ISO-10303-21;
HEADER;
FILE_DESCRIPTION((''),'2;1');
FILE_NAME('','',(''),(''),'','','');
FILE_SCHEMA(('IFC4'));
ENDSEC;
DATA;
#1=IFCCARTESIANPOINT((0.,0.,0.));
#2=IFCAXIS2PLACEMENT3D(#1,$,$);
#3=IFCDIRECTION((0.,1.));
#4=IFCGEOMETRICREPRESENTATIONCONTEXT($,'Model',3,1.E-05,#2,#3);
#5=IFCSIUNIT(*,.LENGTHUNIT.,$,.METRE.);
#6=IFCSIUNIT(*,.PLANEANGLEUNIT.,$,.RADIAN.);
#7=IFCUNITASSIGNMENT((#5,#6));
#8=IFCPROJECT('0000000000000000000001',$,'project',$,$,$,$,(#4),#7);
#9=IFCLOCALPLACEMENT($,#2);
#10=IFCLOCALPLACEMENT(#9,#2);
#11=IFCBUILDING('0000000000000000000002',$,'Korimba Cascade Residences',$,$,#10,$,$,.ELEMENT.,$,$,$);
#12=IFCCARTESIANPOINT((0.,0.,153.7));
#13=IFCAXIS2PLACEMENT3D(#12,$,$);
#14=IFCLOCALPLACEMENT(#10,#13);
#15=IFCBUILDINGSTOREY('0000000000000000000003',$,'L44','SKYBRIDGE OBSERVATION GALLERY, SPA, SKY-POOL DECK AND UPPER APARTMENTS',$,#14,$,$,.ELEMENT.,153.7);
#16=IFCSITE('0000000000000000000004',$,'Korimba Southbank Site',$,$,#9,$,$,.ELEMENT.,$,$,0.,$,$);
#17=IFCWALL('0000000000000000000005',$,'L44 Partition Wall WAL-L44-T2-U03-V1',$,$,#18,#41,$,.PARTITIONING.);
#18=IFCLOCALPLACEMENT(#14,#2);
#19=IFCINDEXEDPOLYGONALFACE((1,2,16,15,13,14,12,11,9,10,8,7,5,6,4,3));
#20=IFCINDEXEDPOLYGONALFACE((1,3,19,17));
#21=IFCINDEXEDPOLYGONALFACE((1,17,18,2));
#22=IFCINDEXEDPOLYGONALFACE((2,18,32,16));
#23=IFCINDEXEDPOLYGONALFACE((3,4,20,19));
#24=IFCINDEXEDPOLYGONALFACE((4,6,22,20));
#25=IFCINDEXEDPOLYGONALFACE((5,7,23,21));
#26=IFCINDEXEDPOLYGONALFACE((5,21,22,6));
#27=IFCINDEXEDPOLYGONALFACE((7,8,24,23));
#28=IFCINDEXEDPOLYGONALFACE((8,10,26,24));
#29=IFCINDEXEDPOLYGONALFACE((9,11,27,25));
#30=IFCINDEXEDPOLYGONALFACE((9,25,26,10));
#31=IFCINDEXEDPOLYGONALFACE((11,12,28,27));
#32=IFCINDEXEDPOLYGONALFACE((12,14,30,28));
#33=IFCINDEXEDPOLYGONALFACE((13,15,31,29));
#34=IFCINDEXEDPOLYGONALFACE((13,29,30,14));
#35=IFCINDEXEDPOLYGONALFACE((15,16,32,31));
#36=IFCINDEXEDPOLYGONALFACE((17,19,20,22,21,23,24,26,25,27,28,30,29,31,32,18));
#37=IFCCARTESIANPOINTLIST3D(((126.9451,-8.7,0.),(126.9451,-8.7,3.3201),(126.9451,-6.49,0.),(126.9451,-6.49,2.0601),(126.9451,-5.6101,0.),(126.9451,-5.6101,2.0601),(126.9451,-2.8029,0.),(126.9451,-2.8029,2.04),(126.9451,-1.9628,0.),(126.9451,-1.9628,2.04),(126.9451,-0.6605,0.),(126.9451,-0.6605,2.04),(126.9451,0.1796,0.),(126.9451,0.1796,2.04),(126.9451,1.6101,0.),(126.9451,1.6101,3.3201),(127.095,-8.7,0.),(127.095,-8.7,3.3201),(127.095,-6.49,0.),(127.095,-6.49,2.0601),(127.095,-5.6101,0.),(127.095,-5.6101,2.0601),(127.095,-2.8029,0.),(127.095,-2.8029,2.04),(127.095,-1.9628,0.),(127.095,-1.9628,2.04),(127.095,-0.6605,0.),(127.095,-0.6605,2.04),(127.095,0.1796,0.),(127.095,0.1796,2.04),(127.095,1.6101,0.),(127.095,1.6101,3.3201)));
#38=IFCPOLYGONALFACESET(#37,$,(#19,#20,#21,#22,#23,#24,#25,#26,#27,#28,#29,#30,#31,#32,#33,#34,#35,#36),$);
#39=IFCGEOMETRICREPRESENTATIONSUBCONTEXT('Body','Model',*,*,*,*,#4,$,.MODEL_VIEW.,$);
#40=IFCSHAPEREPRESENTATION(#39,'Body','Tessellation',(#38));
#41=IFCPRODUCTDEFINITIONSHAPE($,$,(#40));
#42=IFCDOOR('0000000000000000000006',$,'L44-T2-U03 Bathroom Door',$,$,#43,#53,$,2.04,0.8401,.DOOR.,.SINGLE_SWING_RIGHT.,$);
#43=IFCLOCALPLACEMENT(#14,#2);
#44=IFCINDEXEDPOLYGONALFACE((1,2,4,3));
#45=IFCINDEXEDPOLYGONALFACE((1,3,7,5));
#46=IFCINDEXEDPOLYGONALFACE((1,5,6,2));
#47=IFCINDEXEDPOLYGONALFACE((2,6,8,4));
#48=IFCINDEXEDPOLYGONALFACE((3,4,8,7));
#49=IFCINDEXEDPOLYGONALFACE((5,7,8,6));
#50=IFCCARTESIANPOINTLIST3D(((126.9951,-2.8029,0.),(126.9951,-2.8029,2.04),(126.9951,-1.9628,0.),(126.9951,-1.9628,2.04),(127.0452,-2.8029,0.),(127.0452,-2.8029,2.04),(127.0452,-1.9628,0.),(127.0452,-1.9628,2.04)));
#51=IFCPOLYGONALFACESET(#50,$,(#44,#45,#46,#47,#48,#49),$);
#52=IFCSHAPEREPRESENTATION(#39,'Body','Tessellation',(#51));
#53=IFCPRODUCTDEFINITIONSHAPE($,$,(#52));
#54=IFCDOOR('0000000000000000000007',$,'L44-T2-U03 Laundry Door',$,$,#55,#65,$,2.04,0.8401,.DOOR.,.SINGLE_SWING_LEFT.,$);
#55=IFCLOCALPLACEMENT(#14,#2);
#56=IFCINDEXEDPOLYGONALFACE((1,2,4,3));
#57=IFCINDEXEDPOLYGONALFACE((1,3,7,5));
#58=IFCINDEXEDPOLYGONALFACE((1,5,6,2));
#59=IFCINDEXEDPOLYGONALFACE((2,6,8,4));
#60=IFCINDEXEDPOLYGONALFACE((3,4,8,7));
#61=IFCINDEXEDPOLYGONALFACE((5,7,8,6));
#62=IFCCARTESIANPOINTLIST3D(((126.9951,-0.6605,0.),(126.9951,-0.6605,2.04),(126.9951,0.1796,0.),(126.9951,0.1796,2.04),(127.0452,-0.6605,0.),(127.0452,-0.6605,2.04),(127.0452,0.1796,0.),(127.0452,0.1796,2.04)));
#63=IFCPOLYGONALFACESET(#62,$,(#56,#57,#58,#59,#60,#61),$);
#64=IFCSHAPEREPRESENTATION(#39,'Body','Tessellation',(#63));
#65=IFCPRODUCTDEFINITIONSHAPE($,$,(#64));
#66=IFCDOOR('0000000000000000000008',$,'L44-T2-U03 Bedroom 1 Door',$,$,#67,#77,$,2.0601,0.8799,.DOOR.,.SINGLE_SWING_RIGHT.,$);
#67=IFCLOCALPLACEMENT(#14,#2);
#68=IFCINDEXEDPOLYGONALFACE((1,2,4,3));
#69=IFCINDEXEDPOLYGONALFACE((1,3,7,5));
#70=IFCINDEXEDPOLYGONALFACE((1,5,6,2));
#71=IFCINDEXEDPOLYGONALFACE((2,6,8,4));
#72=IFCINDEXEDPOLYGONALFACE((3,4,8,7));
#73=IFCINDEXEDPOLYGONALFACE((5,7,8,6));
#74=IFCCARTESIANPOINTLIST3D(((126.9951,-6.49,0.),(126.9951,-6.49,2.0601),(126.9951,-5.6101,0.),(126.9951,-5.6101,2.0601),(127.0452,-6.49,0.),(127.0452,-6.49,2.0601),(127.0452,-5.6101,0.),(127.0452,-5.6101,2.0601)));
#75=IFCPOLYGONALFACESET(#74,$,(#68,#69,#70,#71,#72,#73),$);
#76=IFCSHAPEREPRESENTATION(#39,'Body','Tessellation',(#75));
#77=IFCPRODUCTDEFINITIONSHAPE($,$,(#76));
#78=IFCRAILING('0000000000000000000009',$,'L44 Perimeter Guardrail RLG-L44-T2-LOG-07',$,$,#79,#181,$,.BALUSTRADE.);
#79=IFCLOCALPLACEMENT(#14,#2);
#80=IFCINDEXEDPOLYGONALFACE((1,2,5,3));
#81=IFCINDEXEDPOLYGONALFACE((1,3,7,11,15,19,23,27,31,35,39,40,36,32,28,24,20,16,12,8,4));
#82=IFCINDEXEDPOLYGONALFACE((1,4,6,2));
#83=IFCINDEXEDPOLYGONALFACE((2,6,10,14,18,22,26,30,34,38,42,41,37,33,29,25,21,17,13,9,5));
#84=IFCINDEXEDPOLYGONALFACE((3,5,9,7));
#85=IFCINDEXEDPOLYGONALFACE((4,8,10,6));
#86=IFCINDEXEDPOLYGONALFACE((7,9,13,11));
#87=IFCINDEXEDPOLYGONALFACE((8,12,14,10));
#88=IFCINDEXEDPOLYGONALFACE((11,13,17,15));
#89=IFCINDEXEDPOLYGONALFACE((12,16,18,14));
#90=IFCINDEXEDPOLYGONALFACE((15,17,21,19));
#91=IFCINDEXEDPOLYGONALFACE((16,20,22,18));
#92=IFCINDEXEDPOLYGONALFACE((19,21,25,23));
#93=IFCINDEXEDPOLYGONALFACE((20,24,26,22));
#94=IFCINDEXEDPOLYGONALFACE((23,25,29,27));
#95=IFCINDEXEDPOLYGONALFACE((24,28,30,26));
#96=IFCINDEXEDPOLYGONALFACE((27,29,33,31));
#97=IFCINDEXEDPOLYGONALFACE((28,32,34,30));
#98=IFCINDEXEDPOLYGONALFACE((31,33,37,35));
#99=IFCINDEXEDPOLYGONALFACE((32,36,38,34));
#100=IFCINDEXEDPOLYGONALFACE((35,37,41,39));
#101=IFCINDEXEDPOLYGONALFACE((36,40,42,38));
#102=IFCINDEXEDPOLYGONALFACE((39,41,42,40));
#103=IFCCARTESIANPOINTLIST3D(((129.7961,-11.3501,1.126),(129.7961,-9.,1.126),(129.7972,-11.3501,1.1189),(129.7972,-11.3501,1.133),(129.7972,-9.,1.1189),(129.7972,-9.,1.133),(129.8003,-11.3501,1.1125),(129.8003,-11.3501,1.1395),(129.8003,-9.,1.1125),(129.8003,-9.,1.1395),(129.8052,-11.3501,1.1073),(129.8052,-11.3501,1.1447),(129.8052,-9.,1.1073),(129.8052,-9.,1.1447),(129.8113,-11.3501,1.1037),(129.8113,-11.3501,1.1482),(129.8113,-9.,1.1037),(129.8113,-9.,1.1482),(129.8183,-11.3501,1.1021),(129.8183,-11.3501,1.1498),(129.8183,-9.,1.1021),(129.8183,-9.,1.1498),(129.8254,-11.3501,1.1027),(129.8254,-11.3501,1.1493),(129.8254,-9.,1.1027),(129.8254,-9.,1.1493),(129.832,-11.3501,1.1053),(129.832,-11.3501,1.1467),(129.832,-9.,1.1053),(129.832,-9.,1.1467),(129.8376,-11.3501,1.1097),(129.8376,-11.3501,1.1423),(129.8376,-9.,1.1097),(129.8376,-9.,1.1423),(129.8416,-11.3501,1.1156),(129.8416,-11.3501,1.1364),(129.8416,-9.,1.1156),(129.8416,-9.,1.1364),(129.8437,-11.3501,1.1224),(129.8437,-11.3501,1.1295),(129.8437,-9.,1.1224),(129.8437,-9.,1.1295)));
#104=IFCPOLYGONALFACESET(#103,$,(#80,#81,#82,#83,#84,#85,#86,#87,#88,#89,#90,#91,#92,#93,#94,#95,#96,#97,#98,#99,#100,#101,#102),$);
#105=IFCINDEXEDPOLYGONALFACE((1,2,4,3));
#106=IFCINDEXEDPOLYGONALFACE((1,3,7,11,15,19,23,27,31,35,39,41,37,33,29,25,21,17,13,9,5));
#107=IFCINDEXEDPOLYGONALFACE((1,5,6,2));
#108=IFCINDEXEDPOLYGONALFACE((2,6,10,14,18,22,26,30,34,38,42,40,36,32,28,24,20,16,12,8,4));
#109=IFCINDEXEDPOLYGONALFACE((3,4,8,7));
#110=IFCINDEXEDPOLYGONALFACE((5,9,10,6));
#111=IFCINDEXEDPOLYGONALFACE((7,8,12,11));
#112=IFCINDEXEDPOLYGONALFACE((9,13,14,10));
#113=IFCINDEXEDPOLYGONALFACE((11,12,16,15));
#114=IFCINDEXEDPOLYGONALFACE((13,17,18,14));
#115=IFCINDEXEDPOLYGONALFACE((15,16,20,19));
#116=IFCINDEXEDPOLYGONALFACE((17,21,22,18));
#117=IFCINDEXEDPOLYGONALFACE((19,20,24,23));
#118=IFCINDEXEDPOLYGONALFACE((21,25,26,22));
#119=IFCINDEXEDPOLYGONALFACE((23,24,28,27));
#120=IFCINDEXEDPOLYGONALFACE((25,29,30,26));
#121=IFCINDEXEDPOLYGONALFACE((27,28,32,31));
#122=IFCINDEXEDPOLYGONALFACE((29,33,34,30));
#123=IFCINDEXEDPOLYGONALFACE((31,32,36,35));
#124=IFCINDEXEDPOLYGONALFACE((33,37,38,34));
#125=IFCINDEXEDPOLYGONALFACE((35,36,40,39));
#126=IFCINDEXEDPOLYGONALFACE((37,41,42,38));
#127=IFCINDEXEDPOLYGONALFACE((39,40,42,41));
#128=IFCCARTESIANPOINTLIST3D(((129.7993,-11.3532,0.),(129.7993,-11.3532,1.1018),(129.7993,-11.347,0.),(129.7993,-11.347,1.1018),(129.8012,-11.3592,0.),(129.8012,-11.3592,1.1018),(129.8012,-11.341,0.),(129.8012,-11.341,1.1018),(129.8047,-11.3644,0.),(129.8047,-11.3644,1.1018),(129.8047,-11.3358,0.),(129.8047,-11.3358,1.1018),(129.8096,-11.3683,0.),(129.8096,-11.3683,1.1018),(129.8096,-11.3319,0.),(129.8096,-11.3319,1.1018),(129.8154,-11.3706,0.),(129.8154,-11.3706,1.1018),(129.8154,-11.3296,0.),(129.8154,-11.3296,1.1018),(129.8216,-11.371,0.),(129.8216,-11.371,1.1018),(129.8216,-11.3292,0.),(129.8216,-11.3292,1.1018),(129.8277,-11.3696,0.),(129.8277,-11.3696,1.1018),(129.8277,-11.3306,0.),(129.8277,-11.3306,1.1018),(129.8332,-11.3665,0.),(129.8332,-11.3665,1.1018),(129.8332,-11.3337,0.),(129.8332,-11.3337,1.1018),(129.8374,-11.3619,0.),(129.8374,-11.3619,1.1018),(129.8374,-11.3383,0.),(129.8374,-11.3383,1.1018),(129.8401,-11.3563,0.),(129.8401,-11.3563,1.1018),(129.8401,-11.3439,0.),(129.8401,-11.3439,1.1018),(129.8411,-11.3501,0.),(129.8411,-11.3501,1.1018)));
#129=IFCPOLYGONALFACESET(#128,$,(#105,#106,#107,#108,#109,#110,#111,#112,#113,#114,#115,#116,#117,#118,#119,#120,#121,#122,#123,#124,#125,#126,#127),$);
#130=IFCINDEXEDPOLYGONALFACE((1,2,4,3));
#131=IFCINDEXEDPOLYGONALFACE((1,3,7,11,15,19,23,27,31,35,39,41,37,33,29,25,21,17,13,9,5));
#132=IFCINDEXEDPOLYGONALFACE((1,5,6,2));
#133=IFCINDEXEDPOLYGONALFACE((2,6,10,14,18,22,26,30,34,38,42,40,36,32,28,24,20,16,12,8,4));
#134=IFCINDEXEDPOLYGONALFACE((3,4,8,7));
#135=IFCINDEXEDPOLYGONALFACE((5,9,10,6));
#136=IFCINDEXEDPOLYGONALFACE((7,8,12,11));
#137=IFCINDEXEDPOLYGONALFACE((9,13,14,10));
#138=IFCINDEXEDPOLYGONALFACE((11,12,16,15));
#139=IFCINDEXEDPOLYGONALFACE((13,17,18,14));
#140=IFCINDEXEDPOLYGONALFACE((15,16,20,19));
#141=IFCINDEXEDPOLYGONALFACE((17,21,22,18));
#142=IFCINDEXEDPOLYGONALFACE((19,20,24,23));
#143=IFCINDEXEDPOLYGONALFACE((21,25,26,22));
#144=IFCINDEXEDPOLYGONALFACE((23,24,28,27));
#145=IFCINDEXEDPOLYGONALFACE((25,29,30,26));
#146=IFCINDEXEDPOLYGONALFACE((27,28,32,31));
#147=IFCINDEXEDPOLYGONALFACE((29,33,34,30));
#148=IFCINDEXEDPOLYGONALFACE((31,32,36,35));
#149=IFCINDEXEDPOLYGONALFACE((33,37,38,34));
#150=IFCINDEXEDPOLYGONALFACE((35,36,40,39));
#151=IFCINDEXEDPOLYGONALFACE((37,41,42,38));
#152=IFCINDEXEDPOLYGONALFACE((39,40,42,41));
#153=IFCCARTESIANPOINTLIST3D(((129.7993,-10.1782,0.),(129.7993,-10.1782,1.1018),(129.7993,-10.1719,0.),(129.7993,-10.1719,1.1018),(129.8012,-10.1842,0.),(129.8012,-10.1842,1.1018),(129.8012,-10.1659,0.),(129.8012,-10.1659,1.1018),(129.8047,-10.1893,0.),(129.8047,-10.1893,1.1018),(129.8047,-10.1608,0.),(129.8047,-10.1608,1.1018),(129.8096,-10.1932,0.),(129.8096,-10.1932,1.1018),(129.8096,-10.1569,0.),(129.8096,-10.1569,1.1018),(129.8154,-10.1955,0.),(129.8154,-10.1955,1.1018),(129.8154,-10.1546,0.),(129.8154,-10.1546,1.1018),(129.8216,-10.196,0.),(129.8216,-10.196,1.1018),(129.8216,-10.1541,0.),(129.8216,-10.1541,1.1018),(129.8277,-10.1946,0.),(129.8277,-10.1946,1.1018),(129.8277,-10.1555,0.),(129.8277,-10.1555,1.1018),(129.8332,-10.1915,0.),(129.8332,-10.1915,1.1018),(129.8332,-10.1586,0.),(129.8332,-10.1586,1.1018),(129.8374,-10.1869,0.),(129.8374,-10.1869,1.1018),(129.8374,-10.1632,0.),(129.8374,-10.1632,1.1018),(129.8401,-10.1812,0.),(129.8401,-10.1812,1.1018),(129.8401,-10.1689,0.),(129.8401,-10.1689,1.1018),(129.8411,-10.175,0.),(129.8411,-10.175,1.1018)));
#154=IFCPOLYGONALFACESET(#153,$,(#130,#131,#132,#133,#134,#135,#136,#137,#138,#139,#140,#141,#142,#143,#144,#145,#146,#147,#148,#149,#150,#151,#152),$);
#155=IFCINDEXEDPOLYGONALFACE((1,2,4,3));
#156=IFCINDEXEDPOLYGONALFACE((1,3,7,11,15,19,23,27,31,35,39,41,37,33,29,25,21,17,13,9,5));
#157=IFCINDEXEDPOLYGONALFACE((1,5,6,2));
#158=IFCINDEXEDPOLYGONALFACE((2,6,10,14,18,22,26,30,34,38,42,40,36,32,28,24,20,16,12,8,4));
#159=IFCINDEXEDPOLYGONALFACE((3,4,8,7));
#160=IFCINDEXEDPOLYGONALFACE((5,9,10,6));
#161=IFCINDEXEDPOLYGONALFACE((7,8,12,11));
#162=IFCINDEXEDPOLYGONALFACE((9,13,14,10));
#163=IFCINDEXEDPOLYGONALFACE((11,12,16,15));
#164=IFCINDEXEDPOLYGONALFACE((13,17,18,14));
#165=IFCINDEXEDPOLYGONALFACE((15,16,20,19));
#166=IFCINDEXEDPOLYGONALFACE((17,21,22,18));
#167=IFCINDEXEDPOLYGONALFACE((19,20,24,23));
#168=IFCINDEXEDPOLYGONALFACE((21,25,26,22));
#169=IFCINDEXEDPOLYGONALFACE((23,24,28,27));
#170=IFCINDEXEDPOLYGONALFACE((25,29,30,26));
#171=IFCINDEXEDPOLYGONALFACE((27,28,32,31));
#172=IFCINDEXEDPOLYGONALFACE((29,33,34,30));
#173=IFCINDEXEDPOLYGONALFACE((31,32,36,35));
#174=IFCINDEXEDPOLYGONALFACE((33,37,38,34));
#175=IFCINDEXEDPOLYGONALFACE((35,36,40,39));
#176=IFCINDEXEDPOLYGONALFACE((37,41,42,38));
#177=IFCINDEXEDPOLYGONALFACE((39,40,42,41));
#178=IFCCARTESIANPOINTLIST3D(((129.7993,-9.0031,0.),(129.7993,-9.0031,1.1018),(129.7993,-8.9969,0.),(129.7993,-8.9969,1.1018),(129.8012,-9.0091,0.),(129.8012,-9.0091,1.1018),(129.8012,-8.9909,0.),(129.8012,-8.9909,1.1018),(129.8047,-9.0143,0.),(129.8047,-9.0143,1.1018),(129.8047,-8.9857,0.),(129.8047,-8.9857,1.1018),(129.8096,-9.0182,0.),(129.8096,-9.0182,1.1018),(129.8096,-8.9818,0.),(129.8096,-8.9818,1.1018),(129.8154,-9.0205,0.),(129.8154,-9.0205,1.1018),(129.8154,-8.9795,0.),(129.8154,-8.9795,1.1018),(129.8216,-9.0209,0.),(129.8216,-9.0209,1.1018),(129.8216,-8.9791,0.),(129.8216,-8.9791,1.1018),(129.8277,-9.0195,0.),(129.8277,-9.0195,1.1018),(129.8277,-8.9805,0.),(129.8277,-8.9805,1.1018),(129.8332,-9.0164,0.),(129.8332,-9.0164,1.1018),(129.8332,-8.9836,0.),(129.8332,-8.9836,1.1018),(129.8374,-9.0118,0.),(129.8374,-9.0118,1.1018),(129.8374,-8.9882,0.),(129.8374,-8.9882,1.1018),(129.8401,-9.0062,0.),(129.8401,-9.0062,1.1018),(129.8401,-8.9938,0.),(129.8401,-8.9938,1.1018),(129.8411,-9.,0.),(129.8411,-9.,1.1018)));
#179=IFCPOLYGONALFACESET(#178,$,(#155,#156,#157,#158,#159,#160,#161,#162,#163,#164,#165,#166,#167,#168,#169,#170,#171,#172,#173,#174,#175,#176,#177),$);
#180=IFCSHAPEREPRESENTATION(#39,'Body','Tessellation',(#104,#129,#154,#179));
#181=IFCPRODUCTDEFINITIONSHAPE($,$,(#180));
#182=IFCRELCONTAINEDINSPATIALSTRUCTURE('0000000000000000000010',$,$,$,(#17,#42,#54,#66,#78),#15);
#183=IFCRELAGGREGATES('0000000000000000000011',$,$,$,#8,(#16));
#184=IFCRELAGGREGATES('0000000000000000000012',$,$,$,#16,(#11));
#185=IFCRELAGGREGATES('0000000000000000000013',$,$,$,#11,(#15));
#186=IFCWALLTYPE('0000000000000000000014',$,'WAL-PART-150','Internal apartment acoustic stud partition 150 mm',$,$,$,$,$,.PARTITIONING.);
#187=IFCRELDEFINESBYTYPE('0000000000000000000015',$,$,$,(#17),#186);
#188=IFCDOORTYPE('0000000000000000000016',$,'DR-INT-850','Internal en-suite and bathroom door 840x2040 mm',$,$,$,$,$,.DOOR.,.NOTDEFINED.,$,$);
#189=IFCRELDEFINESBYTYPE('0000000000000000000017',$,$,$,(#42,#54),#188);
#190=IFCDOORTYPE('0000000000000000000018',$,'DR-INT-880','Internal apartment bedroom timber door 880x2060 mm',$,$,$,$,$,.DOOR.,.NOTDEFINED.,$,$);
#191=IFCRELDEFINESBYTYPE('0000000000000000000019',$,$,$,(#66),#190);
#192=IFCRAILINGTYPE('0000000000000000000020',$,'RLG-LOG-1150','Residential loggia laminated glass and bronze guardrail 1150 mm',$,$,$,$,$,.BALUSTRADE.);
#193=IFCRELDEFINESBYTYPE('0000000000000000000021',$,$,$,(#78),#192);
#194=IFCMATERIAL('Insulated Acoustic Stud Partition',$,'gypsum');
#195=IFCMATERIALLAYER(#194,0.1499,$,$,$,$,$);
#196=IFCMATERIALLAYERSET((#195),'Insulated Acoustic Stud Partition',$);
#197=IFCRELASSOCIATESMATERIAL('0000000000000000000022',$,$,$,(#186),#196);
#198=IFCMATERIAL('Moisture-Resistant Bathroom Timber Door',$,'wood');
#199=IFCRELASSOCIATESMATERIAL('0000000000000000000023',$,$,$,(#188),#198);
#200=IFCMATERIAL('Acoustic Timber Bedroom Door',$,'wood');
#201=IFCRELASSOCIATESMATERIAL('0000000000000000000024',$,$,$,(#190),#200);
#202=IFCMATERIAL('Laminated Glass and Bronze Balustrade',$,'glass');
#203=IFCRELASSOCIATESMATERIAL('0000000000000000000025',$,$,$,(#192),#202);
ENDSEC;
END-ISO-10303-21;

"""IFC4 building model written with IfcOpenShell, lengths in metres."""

from ifc_helpers import new_model, si_unit, direction, frame, frame_2d, origin, origin_2d, place, context, subcontext, project, spatial, rectangle, circle, extrude, material, layer, layer_set, type_object, element, fill, save


model = new_model("IFC4")

# Units and contexts
model_context = context("Model", 3, precision=1e-05, world=origin(), true_north=direction((0.0, 1.0)))
body_context = subcontext(model_context, "Body", "Model", "MODEL_VIEW")
ifc_project = project(units=[si_unit("LENGTHUNIT", "METRE"), si_unit("PLANEANGLEUNIT", "RADIAN")], contexts=[model_context])

# Site, building, storey
site_placement = place(None, origin())
site = spatial("IfcSite", under=ifc_project, at=site_placement, Name="Korimba Southbank Site", CompositionType="ELEMENT", RefElevation=0.0)
building_placement = place(site_placement, origin())
building = spatial("IfcBuilding", under=site, at=building_placement, Name="Korimba Cascade Residences", CompositionType="ELEMENT")
storey_placement = place(building_placement, frame((0.0, 0.0, 153.7)))
storey = spatial("IfcBuildingStorey", under=building, at=storey_placement, Name="L44", Description="SKYBRIDGE OBSERVATION GALLERY, SPA, SKY-POOL DECK AND UPPER APARTMENTS", CompositionType="ELEMENT", Elevation=153.7)

# Wall, openings, doors
ifc_material_1 = material(Name="Insulated Acoustic Stud Partition", Category="gypsum")
ifc_layer_1 = layer(ifc_material_1, 0.1499)
ifc_layer_set_1 = layer_set([ifc_layer_1], Name="Insulated Acoustic Stud Partition")
wall_type_1 = type_object("IfcWallType", Name="WAL-PART-150", Description="Internal apartment acoustic stud partition 150 mm", PredefinedType="PARTITIONING", material=ifc_layer_set_1)
wall_1_placement = place(storey_placement, frame((127.02, -8.7, 0.0), z_axis=(0.0, 0.0, 1.0), x_axis=(0.0, 1.0, 0.0)))
wall_1 = element("IfcWall", 1, at=wall_1_placement, inside=storey, type_object=wall_type_1, Name="L44 Partition Wall WAL-L44-T2-U03-V1", PredefinedType="PARTITIONING", context=body_context, shape_type="SweptSolid", body=[
    extrude(rectangle(XDim=10.3101, YDim=0.1499, at=frame_2d((5.155, 0.0))), origin(), (0.0, 0.0, 1.0), 3.3201),
])
opening_1_placement = place(wall_1_placement, frame((5.8972, 0.0, 0.0)))
opening_1 = element("IfcOpeningElement", 2, at=opening_1_placement, cuts=wall_1, PredefinedType="OPENING", context=body_context, shape_type="SweptSolid", body=[
    extrude(rectangle(XDim=0.8401, YDim=2.04, at=frame_2d((0.4199, 1.02))), frame((0.0, 0.085, 0.0), z_axis=(0.0, -1.0, 0.0), x_axis=(1.0, 0.0, 0.0)), (0.0, 0.0, 1.0), 0.1699),
])
opening_2_placement = place(wall_1_placement, frame((8.0396, 0.0, 0.0)))
opening_2 = element("IfcOpeningElement", 3, at=opening_2_placement, cuts=wall_1, PredefinedType="OPENING", context=body_context, shape_type="SweptSolid", body=[
    extrude(rectangle(XDim=0.8401, YDim=2.04, at=frame_2d((0.4199, 1.02))), frame((0.0, 0.085, 0.0), z_axis=(0.0, -1.0, 0.0), x_axis=(1.0, 0.0, 0.0)), (0.0, 0.0, 1.0), 0.1699),
])
opening_3_placement = place(wall_1_placement, frame((2.21, 0.0, 0.0)))
opening_3 = element("IfcOpeningElement", 4, at=opening_3_placement, cuts=wall_1, PredefinedType="OPENING", context=body_context, shape_type="SweptSolid", body=[
    extrude(rectangle(XDim=0.8799, YDim=2.0601, at=frame_2d((0.4399, 1.03))), frame((0.0, 0.085, 0.0), z_axis=(0.0, -1.0, 0.0), x_axis=(1.0, 0.0, 0.0)), (0.0, 0.0, 1.0), 0.1699),
])
ifc_material_2 = material(Name="Moisture-Resistant Bathroom Timber Door", Category="wood")
door_type_1 = type_object("IfcDoorType", Name="DR-INT-850", Description="Internal en-suite and bathroom door 840x2040 mm", OperationType="NOTDEFINED", PredefinedType="DOOR", material=ifc_material_2)
door_1_placement = place(opening_1_placement, origin())
door_1 = element("IfcDoor", 5, at=door_1_placement, inside=storey, type_object=door_type_1, Name="L44-T2-U03 Bathroom Door", OperationType="SINGLE_SWING_RIGHT", OverallHeight=2.04, OverallWidth=0.8401, PredefinedType="DOOR", context=body_context, shape_type="SweptSolid", body=[
    extrude(rectangle(XDim=0.8401, YDim=2.04, at=frame_2d((0.4199, 1.02))), frame((0.0, 0.0249, 0.0), z_axis=(0.0, -1.0, 0.0), x_axis=(1.0, 0.0, 0.0)), (0.0, 0.0, 1.0), 0.05),
])
fill(opening_1, door_1)
door_2_placement = place(opening_2_placement, origin())
door_2 = element("IfcDoor", 6, at=door_2_placement, inside=storey, type_object=door_type_1, Name="L44-T2-U03 Laundry Door", OperationType="SINGLE_SWING_LEFT", OverallHeight=2.04, OverallWidth=0.8401, PredefinedType="DOOR", context=body_context, shape_type="SweptSolid", body=[
    extrude(rectangle(XDim=0.8401, YDim=2.04, at=frame_2d((0.4199, 1.02))), frame((0.0, 0.0249, 0.0), z_axis=(0.0, -1.0, 0.0), x_axis=(1.0, 0.0, 0.0)), (0.0, 0.0, 1.0), 0.05),
])
fill(opening_2, door_2)
ifc_material_3 = material(Name="Acoustic Timber Bedroom Door", Category="wood")
door_type_2 = type_object("IfcDoorType", Name="DR-INT-880", Description="Internal apartment bedroom timber door 880x2060 mm", OperationType="NOTDEFINED", PredefinedType="DOOR", material=ifc_material_3)
door_3_placement = place(opening_3_placement, origin())
door_3 = element("IfcDoor", 7, at=door_3_placement, inside=storey, type_object=door_type_2, Name="L44-T2-U03 Bedroom 1 Door", OperationType="SINGLE_SWING_RIGHT", OverallHeight=2.0601, OverallWidth=0.8799, PredefinedType="DOOR", context=body_context, shape_type="SweptSolid", body=[
    extrude(rectangle(XDim=0.8799, YDim=2.0601, at=frame_2d((0.4399, 1.03))), frame((0.0, 0.0249, 0.0), z_axis=(0.0, -1.0, 0.0), x_axis=(1.0, 0.0, 0.0)), (0.0, 0.0, 1.0), 0.05),
])
fill(opening_3, door_3)

# Railing
ifc_material_4 = material(Name="Laminated Glass and Bronze Balustrade", Category="glass")
railing_type = type_object("IfcRailingType", Name="RLG-LOG-1150", Description="Residential loggia laminated glass and bronze guardrail 1150 mm", PredefinedType="BALUSTRADE", material=ifc_material_4)
railing_1_placement = place(storey_placement, frame((129.8201, -11.3501, 0.0)))
element("IfcRailing", 8, at=railing_1_placement, inside=storey, type_object=railing_type, Name="L44 Perimeter Guardrail RLG-L44-T2-LOG-07", PredefinedType="BALUSTRADE", context=body_context, shape_type="SweptSolid", body=[
    extrude(circle(Radius=0.0239, at=origin_2d()), frame((0.0, 0.0, 1.126), z_axis=(0.0, 1.0, 0.0), x_axis=(-1.0, 0.0, 0.0)), (0.0, 0.0, 1.0), 2.3501),
    extrude(circle(Radius=0.021, at=origin_2d()), origin(), (0.0, 0.0, 1.0), 1.1018),
    extrude(circle(Radius=0.021, at=origin_2d()), frame((0.0, 1.175, 0.0)), (0.0, 0.0, 1.0), 1.1018),
    extrude(circle(Radius=0.021, at=origin_2d()), frame((0.0, 2.3501, 0.0)), (0.0, 0.0, 1.0), 1.1018),
])

save(model, "model.ifc")
